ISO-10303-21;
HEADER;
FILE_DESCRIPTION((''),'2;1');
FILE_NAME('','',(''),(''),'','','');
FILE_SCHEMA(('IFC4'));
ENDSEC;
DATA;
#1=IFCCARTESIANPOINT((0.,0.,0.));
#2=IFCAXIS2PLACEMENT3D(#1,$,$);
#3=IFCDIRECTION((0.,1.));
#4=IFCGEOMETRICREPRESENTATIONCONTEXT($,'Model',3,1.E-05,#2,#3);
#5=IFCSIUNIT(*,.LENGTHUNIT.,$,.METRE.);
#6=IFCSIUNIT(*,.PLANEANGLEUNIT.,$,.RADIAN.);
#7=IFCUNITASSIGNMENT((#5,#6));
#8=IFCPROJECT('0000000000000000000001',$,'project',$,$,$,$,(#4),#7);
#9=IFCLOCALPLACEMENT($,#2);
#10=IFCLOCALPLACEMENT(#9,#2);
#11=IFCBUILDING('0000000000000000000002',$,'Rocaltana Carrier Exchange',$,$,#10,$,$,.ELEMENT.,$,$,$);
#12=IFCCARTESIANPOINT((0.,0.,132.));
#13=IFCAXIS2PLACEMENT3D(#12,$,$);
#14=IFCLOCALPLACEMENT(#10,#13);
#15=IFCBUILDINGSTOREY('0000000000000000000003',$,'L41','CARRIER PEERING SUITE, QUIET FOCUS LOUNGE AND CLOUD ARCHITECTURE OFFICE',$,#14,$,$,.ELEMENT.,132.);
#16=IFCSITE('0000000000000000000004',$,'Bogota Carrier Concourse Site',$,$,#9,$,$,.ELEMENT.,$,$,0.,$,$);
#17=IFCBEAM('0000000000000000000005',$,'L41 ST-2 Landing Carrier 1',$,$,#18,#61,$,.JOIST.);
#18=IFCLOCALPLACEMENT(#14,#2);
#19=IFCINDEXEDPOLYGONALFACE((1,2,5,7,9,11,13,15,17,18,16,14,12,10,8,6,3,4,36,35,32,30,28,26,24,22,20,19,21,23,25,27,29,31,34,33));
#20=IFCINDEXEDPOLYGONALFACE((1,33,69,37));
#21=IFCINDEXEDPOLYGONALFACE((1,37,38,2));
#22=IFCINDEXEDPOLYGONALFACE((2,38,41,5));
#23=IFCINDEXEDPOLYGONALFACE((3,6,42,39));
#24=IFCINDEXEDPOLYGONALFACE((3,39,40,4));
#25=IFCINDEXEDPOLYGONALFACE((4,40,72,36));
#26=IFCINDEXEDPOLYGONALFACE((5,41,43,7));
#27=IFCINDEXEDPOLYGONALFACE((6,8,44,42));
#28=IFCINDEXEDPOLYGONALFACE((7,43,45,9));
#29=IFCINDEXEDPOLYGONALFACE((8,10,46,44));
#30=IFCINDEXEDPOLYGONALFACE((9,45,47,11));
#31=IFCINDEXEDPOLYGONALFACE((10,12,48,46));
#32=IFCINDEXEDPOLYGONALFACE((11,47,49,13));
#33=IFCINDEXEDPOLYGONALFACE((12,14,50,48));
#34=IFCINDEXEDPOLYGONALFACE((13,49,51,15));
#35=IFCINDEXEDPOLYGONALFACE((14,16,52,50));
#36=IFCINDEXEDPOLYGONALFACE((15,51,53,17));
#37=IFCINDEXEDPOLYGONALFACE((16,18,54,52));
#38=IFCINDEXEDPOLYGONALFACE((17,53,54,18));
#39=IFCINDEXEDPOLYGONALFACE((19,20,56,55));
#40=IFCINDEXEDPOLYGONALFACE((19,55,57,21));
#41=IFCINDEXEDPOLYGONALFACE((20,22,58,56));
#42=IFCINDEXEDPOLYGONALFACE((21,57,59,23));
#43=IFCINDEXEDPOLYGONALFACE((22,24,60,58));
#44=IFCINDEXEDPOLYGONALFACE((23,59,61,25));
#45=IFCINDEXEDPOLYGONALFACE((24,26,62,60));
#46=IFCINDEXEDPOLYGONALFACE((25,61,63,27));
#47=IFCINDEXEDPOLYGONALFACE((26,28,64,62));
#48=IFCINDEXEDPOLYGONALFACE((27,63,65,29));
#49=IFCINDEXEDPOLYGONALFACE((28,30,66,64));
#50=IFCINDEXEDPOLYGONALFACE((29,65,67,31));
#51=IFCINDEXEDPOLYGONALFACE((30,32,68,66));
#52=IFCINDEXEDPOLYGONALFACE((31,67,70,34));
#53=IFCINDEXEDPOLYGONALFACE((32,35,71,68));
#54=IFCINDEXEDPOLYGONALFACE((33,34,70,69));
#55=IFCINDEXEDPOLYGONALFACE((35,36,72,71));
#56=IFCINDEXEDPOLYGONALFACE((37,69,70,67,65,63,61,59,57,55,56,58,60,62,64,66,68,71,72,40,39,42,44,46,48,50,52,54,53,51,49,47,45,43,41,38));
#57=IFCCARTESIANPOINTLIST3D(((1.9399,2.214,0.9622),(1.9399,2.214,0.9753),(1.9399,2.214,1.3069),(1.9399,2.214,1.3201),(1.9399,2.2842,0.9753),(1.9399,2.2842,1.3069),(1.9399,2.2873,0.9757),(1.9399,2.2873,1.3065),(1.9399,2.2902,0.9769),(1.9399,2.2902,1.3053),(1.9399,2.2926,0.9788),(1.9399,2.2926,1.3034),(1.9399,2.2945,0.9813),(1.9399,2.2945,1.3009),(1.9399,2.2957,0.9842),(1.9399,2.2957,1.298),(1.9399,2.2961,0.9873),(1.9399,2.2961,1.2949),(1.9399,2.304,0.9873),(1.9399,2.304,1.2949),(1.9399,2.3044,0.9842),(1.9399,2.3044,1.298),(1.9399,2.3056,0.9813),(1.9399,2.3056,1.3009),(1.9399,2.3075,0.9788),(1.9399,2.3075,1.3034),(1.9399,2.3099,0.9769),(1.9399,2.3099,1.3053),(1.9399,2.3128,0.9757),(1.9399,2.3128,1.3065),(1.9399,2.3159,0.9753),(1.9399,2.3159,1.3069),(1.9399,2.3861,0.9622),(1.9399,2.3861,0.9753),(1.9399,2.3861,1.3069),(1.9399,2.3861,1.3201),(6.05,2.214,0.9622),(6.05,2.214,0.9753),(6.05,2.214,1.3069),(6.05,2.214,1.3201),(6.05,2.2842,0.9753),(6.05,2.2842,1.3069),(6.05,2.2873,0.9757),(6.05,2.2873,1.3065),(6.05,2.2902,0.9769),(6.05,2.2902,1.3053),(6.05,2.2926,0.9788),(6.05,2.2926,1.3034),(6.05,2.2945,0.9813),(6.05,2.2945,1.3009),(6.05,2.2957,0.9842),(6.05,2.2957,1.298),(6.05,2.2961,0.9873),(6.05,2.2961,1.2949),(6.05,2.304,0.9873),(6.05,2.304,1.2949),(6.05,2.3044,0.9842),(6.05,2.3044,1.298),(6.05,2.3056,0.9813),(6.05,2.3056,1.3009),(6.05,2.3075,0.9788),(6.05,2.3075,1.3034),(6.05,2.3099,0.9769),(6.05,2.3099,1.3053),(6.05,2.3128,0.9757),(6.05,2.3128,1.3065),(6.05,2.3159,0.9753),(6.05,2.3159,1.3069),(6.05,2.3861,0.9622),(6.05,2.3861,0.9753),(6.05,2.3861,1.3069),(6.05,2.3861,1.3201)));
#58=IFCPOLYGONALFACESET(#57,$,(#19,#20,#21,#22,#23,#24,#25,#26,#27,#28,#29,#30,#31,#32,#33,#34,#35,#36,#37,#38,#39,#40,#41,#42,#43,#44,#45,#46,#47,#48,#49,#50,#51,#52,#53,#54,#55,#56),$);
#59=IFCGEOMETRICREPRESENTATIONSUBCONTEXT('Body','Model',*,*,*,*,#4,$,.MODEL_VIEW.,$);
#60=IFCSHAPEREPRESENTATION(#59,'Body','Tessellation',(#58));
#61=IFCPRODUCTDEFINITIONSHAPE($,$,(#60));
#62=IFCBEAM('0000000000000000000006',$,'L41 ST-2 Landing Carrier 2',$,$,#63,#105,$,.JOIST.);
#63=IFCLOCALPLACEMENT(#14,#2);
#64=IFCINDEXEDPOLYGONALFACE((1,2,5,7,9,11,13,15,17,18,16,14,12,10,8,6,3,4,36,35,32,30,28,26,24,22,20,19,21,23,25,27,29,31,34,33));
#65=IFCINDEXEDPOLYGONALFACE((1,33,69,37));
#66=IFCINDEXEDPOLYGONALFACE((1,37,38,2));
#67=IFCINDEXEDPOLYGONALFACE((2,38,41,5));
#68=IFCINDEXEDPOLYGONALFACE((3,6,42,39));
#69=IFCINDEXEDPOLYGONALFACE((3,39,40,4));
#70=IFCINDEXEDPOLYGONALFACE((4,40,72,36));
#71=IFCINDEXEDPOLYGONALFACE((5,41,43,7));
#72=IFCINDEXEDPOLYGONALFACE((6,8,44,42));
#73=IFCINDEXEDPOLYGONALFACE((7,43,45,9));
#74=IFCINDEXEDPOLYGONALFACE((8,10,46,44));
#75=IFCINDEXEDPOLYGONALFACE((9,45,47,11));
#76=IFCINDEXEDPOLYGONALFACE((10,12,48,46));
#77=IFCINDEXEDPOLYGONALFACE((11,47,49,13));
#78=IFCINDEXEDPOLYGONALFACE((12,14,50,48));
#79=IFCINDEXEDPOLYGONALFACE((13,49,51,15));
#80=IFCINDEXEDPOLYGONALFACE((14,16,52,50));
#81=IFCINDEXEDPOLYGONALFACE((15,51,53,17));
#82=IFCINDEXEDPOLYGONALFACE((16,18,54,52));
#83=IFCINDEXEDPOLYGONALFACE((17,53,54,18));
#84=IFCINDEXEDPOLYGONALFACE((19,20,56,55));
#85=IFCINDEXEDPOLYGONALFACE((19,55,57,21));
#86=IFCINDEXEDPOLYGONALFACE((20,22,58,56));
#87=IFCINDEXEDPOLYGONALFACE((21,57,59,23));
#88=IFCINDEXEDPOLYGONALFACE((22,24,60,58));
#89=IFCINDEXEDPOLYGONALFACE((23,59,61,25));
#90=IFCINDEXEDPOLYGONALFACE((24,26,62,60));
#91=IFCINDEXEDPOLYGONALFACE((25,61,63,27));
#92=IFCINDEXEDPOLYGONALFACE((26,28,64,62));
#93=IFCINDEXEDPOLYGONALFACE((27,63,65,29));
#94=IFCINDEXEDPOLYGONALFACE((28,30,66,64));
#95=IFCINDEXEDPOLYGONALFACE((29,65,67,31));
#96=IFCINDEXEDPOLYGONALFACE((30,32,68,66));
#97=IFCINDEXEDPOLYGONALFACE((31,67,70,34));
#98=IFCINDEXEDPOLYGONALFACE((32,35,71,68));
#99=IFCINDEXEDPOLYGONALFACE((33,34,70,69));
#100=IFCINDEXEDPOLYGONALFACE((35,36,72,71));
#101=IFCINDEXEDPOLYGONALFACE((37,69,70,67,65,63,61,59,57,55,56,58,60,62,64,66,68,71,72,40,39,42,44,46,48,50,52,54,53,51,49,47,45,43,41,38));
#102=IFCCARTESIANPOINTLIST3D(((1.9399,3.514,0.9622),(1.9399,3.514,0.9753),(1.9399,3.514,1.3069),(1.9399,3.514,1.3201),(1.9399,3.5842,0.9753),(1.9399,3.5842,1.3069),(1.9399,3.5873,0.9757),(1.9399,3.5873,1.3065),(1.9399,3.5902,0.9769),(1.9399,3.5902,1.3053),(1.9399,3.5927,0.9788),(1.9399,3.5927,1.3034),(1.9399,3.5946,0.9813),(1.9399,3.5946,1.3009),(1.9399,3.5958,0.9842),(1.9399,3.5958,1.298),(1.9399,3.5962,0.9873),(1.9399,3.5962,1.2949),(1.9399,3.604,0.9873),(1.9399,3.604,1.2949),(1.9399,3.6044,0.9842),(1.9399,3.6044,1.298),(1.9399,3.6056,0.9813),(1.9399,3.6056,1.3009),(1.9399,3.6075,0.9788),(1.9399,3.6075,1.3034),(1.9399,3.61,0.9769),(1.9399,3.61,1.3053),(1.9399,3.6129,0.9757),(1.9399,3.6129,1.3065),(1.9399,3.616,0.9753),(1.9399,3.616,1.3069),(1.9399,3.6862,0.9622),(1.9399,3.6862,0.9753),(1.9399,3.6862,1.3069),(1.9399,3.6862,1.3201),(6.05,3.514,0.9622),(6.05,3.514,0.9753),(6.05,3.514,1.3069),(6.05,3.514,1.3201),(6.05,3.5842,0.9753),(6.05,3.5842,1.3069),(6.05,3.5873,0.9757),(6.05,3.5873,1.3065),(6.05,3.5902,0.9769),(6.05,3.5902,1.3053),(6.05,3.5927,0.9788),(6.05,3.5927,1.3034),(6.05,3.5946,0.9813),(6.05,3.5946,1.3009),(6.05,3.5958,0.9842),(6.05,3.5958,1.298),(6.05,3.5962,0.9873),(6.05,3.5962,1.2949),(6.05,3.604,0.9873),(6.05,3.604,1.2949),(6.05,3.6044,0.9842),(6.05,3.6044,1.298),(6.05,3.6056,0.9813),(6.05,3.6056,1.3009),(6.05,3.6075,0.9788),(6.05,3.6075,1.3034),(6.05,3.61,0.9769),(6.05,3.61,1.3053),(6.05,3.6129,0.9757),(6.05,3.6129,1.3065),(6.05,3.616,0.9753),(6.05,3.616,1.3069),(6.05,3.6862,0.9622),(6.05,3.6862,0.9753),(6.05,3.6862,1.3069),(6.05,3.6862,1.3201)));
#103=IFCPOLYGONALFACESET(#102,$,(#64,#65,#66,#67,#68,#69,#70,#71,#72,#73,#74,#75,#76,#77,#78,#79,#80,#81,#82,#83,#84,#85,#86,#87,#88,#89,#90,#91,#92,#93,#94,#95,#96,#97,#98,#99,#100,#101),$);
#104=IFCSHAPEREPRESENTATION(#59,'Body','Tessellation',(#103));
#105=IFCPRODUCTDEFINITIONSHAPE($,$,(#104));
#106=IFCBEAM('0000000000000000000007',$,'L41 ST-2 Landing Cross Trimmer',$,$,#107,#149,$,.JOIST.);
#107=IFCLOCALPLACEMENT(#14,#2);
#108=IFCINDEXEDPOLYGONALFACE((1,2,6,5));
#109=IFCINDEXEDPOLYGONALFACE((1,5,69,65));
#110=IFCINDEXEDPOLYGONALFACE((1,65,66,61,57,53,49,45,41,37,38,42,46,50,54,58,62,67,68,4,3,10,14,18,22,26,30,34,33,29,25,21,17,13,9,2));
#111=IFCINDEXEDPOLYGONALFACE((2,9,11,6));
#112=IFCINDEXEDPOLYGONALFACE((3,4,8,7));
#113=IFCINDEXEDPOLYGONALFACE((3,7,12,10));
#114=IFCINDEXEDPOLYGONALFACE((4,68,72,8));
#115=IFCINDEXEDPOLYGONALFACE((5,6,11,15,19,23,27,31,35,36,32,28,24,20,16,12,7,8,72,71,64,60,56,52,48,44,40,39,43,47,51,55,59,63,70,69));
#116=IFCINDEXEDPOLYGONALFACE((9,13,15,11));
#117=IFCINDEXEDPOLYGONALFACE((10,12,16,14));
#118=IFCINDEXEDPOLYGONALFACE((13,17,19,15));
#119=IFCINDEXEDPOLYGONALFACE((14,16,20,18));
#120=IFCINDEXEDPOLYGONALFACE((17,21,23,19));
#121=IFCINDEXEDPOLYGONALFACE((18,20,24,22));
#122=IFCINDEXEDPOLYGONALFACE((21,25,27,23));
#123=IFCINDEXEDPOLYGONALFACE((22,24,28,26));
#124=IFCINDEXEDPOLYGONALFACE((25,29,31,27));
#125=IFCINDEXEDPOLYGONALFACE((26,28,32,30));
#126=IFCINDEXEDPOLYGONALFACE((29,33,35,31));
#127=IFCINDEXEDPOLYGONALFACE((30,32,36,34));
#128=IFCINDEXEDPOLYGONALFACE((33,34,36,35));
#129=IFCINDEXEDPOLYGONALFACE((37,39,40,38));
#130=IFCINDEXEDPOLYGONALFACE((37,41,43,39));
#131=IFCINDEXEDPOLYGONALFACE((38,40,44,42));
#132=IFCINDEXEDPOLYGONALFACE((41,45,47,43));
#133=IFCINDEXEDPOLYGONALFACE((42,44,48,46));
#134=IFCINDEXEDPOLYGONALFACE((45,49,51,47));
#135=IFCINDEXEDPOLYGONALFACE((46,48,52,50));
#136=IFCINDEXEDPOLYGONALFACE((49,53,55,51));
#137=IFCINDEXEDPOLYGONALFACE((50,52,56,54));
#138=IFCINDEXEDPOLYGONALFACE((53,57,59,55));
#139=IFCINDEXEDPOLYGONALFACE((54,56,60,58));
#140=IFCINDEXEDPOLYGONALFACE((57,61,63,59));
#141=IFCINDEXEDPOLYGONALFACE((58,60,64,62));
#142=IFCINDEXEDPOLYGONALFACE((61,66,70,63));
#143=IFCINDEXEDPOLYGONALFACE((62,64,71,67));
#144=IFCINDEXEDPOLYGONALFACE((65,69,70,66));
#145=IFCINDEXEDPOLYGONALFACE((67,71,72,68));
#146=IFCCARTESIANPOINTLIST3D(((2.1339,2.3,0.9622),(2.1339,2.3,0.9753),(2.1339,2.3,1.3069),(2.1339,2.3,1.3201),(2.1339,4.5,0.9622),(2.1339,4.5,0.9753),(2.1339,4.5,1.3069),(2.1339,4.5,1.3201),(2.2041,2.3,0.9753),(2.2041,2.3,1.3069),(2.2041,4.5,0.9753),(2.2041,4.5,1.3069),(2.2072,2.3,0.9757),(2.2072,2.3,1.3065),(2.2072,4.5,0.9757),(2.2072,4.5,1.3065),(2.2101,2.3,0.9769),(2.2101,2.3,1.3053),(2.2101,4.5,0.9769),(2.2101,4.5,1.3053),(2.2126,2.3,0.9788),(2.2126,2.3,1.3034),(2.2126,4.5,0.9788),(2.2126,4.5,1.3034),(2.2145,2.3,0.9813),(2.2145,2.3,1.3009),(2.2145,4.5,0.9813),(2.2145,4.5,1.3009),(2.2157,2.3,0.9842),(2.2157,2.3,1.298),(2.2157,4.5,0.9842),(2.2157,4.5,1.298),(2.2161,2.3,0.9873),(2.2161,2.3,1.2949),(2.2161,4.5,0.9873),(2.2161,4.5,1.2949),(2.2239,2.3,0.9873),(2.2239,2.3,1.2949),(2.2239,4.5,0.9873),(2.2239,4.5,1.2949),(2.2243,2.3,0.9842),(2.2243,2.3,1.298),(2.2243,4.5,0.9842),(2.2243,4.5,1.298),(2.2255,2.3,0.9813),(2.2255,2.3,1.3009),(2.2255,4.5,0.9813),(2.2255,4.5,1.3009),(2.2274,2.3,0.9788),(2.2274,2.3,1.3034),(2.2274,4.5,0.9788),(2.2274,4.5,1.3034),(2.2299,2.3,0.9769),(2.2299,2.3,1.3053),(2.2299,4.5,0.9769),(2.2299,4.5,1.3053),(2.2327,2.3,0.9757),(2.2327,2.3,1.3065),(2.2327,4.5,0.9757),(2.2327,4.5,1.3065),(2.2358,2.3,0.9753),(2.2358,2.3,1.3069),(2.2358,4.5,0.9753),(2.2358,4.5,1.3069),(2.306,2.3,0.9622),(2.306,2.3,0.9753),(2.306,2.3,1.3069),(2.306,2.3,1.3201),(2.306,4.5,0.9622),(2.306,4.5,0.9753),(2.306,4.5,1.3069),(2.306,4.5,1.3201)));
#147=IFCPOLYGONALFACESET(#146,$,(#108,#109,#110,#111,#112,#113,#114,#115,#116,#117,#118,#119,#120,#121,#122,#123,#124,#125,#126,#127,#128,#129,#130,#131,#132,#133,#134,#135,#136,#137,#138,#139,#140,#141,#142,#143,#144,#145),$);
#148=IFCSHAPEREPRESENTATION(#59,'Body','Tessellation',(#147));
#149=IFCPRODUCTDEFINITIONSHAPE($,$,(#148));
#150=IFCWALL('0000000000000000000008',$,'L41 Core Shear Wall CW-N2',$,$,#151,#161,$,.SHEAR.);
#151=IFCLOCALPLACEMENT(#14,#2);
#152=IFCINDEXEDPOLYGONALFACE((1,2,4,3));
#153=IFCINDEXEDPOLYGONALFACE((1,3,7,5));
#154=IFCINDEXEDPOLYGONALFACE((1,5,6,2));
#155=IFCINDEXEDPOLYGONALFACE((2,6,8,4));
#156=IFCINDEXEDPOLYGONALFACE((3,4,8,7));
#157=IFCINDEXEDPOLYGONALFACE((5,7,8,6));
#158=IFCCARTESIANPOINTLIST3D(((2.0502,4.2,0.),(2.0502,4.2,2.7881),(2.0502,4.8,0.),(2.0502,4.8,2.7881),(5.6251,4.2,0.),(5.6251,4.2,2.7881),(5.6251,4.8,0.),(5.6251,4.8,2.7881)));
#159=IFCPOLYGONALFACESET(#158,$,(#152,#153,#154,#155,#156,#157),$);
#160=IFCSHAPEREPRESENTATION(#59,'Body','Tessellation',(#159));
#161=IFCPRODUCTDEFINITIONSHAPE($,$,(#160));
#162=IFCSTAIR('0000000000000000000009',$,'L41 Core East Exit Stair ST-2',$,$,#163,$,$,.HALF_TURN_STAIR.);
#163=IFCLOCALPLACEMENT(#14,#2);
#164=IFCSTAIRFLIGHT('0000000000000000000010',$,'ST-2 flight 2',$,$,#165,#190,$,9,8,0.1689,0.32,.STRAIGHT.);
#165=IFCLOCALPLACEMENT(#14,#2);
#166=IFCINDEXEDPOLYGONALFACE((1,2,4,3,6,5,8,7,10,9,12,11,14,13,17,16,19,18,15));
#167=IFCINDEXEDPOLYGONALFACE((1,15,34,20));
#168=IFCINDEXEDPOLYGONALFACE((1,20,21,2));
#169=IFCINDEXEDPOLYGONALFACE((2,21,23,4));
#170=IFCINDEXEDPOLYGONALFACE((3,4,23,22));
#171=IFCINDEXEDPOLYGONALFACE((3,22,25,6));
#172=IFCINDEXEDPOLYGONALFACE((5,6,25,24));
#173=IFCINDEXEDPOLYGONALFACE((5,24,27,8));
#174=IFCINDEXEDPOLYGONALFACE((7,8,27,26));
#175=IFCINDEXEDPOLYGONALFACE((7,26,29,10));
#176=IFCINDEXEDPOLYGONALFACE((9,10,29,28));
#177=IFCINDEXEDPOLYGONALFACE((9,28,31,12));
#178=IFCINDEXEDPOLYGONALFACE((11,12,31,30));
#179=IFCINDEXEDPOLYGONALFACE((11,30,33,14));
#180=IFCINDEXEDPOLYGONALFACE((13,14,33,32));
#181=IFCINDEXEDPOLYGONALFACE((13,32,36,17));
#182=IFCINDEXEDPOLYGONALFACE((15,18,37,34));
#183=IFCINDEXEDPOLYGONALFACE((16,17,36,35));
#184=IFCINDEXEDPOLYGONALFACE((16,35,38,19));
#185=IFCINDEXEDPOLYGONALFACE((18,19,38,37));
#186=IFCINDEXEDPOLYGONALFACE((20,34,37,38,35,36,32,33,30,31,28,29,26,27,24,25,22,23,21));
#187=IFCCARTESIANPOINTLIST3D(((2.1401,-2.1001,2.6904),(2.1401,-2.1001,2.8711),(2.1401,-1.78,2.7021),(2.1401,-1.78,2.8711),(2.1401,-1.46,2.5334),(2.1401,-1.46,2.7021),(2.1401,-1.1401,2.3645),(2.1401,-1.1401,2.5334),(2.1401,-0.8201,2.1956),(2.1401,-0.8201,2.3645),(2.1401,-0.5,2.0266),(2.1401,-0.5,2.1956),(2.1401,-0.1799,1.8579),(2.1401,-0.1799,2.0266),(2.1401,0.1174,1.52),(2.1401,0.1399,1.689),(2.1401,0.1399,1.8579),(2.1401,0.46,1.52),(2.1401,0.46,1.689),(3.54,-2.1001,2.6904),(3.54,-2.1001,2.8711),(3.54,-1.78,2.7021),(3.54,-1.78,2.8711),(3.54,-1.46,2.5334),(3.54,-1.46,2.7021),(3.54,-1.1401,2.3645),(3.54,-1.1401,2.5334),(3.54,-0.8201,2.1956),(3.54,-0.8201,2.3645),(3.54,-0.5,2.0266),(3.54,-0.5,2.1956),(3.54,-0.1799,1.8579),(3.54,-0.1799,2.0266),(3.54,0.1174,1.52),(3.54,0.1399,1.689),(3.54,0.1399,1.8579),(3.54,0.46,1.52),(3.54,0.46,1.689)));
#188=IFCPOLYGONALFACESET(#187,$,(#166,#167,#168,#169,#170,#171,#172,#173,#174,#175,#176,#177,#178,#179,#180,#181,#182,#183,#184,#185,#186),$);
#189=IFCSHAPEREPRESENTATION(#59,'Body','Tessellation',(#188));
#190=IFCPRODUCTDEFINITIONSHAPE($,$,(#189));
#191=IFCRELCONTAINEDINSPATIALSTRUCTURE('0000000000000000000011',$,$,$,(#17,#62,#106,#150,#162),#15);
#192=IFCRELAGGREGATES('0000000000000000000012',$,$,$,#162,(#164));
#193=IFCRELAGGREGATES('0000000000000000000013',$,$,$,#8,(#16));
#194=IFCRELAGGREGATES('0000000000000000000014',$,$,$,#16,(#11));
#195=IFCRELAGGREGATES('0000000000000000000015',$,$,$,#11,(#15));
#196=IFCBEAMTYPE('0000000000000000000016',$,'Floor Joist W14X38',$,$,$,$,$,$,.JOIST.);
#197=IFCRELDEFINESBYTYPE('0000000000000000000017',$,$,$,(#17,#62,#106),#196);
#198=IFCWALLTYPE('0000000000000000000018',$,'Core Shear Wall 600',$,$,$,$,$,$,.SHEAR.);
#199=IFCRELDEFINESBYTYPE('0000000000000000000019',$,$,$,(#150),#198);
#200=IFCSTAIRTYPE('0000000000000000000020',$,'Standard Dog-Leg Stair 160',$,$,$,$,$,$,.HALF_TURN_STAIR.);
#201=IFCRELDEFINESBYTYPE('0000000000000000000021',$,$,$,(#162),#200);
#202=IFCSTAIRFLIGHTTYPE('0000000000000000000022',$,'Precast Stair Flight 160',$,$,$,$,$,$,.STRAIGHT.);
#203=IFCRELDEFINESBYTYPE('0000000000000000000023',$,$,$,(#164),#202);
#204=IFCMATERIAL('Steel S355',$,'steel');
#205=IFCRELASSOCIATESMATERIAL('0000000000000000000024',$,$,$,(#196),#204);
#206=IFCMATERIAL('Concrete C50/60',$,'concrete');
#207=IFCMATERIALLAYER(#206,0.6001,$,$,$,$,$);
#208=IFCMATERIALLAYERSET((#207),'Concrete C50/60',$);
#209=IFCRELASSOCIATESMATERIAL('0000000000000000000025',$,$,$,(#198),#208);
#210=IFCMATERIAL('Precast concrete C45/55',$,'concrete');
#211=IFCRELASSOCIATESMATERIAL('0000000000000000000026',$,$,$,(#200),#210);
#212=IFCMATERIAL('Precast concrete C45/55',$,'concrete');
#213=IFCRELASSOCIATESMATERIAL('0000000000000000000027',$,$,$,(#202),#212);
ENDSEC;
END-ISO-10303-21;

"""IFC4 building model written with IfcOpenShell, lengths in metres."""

from ifc_helpers import new_model, si_unit, direction, frame, frame_2d, origin, origin_2d, place, context, subcontext, project, spatial, polyline, rectangle, i_section, outline, extrude, material, layer, layer_set, material_profile, profile_set, type_object, element, aggregate, save


model = new_model("IFC4")

# Units and contexts
model_context = context("Model", 3, precision=1e-05, world=origin(), true_north=direction((0.0, 1.0)))
body_context = subcontext(model_context, "Body", "Model", "MODEL_VIEW")
ifc_project = project(units=[si_unit("LENGTHUNIT", "METRE"), si_unit("PLANEANGLEUNIT", "RADIAN")], contexts=[model_context])

# Site, building, storey
site_placement = place(None, origin())
site = spatial("IfcSite", under=ifc_project, at=site_placement, Name="Bogota Carrier Concourse Site", CompositionType="ELEMENT", RefElevation=0.0)
building_placement = place(site_placement, origin())
building = spatial("IfcBuilding", under=site, at=building_placement, Name="Rocaltana Carrier Exchange", CompositionType="ELEMENT")
storey_placement = place(building_placement, frame((0.0, 0.0, 132.0)))
storey = spatial("IfcBuildingStorey", under=building, at=storey_placement, Name="L41", Description="CARRIER PEERING SUITE, QUIET FOCUS LOUNGE AND CLOUD ARCHITECTURE OFFICE", CompositionType="ELEMENT", Elevation=132.0)

# Beams
ifc_material_1 = material(Name="Steel S355", Category="steel")
ifc_material_profile = material_profile(ifc_material_1, i_section(OverallWidth=0.1721, OverallDepth=0.3579, WebThickness=0.0078, FlangeThickness=0.0132, FilletRadius=0.012, at=origin_2d()), Name="W14X38")
ifc_profile_set = profile_set([ifc_material_profile], Name="Steel S355")
beam_type = type_object("IfcBeamType", Name="Floor Joist W14X38", PredefinedType="JOIST", material=ifc_profile_set)
for number, where, z_axis, x_axis, name in (
    (1, (1.9399, 2.3, 1.1411), (1.0, 0.0, 0.0), (0.0, 1.0, 0.0), "L41 ST-2 Landing Carrier 1"),
    (2, (1.9399, 3.6001, 1.1411), (1.0, 0.0, 0.0), (0.0, 1.0, 0.0), "L41 ST-2 Landing Carrier 2"),
):
    element("IfcBeam", number, at=place(storey_placement, frame(where, z_axis=z_axis, x_axis=x_axis)), inside=storey, type_object=beam_type, Name=name, PredefinedType="JOIST", context=body_context, shape_type="SweptSolid", body=[
        extrude(i_section(OverallWidth=0.1721, OverallDepth=0.3579, WebThickness=0.0078, FlangeThickness=0.0132, FilletRadius=0.012, at=origin_2d()), origin(), (0.0, 0.0, 1.0), 4.1101),
    ])
beam_placement = place(storey_placement, frame((2.22, 2.3, 1.1411), z_axis=(0.0, 1.0, 0.0), x_axis=(-1.0, 0.0, 0.0)))
element("IfcBeam", 3, at=beam_placement, inside=storey, type_object=beam_type, Name="L41 ST-2 Landing Cross Trimmer", PredefinedType="JOIST", context=body_context, shape_type="SweptSolid", body=[
    extrude(i_section(OverallWidth=0.1721, OverallDepth=0.3579, WebThickness=0.0078, FlangeThickness=0.0132, FilletRadius=0.012, at=origin_2d()), origin(), (0.0, 0.0, 1.0), 2.2),
])

# Wall
ifc_material_2 = material(Name="Concrete C50/60", Category="concrete")
ifc_layer_1 = layer(ifc_material_2, 0.6001)
ifc_layer_set_1 = layer_set([ifc_layer_1], Name="Concrete C50/60")
wall_type = type_object("IfcWallType", Name="Core Shear Wall 600", PredefinedType="SHEAR", material=ifc_layer_set_1)
wall_placement = place(storey_placement, frame((2.05, 4.5, 0.0), z_axis=(0.0, 0.0, 1.0), x_axis=(1.0, 0.0, 0.0)))
element("IfcWall", 4, at=wall_placement, inside=storey, type_object=wall_type, Name="L41 Core Shear Wall CW-N2", PredefinedType="SHEAR", context=body_context, shape_type="SweptSolid", body=[
    extrude(rectangle(XDim=3.575, YDim=0.6001, at=frame_2d((1.7876, 0.0))), origin(), (0.0, 0.0, 1.0), 2.7881),
])

# Stair, stair flight
ifc_material_3 = material(Name="Precast concrete C45/55", Category="concrete")
stair_type = type_object("IfcStairType", Name="Standard Dog-Leg Stair 160", PredefinedType="HALF_TURN_STAIR", material=ifc_material_3)
stair_placement = place(storey_placement, origin())
stair = element("IfcStair", 5, at=stair_placement, inside=storey, type_object=stair_type, Name="L41 Core East Exit Stair ST-2", PredefinedType="HALF_TURN_STAIR")
ifc_material_4 = material(Name="Precast concrete C45/55", Category="concrete")
stair_flight_type = type_object("IfcStairFlightType", Name="Precast Stair Flight 160", PredefinedType="STRAIGHT", material=ifc_material_4)
stair_flight_placement = place(storey_placement, frame((2.8401, 0.46, 1.52), z_axis=(0.0, 0.0, 1.0), x_axis=(0.0, -1.0, 0.0)))
stair_flight = element("IfcStairFlight", 6, at=stair_flight_placement, type_object=stair_flight_type, Name="ST-2 flight 2", NumberOfRisers=9, NumberOfTreads=8, PredefinedType="STRAIGHT", RiserHeight=0.1689, TreadLength=0.32, context=body_context, shape_type="SweptSolid", body=[
    extrude(outline(polyline([(0.0, 0.0), (0.0, 0.1689), (0.3201, 0.1689), (0.3201, 0.3379), (0.6399, 0.3379), (0.6399, 0.5066), (0.96, 0.5066), (0.96, 0.6755), (1.28, 0.6755), (1.28, 0.8445), (1.6001, 0.8445), (1.6001, 1.0134), (1.9199, 1.0134), (1.9199, 1.1821), (2.24, 1.1821), (2.24, 1.3511), (2.5601, 1.3511), (2.5601, 1.52), (2.5601, 1.1704), (0.3425, 0.0), (0.0, 0.0)])), frame((0.0, 0.7, 0.0), z_axis=(0.0, -1.0, 0.0), x_axis=(1.0, 0.0, 0.0)), (0.0, 0.0, 1.0), 1.3999),
])
aggregate(stair, [stair_flight])

save(model, "model.ifc")
